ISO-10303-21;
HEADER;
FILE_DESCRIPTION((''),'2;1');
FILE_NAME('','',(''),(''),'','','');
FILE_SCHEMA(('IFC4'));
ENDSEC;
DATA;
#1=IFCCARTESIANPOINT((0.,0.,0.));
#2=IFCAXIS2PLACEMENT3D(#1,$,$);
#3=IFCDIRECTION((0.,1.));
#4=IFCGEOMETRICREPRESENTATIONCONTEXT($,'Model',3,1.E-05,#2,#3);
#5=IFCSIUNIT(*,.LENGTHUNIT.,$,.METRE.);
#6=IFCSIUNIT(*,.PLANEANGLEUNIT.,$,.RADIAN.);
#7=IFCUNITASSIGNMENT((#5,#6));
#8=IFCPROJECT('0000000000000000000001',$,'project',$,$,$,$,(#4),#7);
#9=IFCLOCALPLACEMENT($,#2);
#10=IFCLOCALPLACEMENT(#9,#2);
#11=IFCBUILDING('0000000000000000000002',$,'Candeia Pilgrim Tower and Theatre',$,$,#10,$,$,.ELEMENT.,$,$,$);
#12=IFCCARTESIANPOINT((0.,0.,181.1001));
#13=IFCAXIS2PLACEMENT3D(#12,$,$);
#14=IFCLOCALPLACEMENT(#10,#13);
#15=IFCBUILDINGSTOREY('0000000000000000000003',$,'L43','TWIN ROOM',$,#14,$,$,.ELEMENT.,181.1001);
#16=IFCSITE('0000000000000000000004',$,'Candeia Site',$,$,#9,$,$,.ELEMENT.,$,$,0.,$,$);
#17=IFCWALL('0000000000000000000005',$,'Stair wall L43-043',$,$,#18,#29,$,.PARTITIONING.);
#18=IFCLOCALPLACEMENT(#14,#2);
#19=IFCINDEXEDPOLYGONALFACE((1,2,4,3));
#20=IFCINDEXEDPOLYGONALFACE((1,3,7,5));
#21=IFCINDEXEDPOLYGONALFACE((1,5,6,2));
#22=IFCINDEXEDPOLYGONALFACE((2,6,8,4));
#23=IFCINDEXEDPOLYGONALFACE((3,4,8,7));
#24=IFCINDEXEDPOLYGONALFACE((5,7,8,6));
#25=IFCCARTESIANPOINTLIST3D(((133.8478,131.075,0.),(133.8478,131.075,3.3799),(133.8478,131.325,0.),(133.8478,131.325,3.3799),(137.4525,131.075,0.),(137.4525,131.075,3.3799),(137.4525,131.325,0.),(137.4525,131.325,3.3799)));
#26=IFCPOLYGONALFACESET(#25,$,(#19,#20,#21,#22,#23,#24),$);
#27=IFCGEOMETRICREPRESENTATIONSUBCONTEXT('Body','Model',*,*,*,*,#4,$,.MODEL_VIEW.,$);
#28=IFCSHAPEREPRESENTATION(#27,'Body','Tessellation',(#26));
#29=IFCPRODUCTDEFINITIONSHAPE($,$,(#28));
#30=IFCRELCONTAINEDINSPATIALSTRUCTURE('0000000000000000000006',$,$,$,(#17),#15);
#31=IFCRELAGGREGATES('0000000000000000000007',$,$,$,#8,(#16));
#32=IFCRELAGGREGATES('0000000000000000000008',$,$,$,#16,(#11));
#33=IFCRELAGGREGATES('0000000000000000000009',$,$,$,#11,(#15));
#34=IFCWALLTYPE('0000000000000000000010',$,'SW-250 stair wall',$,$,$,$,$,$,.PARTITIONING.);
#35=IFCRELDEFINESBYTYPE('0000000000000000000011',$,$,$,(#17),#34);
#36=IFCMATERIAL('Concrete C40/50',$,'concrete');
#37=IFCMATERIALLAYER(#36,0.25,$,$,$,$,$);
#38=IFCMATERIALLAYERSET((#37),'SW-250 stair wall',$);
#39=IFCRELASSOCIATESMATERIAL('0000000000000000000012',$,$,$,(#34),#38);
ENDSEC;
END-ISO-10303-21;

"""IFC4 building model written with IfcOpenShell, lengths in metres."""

from ifc_helpers import new_model, si_unit, direction, frame, frame_2d, origin, place, context, subcontext, project, spatial, rectangle, extrude, material, layer, layer_set, type_object, element, save


model = new_model("IFC4")

# Units and contexts
model_context = context("Model", 3, precision=1e-05, world=origin(), true_north=direction((0.0, 1.0)))
body_context = subcontext(model_context, "Body", "Model", "MODEL_VIEW")
ifc_project = project(units=[si_unit("LENGTHUNIT", "METRE"), si_unit("PLANEANGLEUNIT", "RADIAN")], contexts=[model_context])

# Site, building, storey
site_placement = place(None, origin())
site = spatial("IfcSite", under=ifc_project, at=site_placement, Name="Candeia Site", CompositionType="ELEMENT", RefElevation=0.0)
building_placement = place(site_placement, origin())
building = spatial("IfcBuilding", under=site, at=building_placement, Name="Candeia Pilgrim Tower and Theatre", CompositionType="ELEMENT")
storey_placement = place(building_placement, frame((0.0, 0.0, 181.1001)))
storey = spatial("IfcBuildingStorey", under=building, at=storey_placement, Name="L43", Description="TWIN ROOM", CompositionType="ELEMENT", Elevation=181.1001)

# Shared definitions
ifc_material_1 = material(Name="Concrete C40/50", Category="concrete")

# Wall
ifc_layer_1 = layer(ifc_material_1, 0.25)
ifc_layer_set_1 = layer_set([ifc_layer_1], Name="SW-250 stair wall")
wall_type_1 = type_object("IfcWallType", Name="SW-250 stair wall", PredefinedType="PARTITIONING", material=ifc_layer_set_1)
wall_1_placement = place(storey_placement, frame((133.8479, 131.2, 0.0), z_axis=(0.0, 0.0, 1.0), x_axis=(1.0, 0.0, 0.0)))
element("IfcWall", 1, at=wall_1_placement, inside=storey, type_object=wall_type_1, Name="Stair wall L43-043", PredefinedType="PARTITIONING", context=body_context, shape_type="SweptSolid", body=[
    extrude(rectangle(XDim=3.6047, YDim=0.25, at=frame_2d((1.8022, 0.0))), origin(), (0.0, 0.0, 1.0), 3.3799),
])

save(model, "model.ifc")
